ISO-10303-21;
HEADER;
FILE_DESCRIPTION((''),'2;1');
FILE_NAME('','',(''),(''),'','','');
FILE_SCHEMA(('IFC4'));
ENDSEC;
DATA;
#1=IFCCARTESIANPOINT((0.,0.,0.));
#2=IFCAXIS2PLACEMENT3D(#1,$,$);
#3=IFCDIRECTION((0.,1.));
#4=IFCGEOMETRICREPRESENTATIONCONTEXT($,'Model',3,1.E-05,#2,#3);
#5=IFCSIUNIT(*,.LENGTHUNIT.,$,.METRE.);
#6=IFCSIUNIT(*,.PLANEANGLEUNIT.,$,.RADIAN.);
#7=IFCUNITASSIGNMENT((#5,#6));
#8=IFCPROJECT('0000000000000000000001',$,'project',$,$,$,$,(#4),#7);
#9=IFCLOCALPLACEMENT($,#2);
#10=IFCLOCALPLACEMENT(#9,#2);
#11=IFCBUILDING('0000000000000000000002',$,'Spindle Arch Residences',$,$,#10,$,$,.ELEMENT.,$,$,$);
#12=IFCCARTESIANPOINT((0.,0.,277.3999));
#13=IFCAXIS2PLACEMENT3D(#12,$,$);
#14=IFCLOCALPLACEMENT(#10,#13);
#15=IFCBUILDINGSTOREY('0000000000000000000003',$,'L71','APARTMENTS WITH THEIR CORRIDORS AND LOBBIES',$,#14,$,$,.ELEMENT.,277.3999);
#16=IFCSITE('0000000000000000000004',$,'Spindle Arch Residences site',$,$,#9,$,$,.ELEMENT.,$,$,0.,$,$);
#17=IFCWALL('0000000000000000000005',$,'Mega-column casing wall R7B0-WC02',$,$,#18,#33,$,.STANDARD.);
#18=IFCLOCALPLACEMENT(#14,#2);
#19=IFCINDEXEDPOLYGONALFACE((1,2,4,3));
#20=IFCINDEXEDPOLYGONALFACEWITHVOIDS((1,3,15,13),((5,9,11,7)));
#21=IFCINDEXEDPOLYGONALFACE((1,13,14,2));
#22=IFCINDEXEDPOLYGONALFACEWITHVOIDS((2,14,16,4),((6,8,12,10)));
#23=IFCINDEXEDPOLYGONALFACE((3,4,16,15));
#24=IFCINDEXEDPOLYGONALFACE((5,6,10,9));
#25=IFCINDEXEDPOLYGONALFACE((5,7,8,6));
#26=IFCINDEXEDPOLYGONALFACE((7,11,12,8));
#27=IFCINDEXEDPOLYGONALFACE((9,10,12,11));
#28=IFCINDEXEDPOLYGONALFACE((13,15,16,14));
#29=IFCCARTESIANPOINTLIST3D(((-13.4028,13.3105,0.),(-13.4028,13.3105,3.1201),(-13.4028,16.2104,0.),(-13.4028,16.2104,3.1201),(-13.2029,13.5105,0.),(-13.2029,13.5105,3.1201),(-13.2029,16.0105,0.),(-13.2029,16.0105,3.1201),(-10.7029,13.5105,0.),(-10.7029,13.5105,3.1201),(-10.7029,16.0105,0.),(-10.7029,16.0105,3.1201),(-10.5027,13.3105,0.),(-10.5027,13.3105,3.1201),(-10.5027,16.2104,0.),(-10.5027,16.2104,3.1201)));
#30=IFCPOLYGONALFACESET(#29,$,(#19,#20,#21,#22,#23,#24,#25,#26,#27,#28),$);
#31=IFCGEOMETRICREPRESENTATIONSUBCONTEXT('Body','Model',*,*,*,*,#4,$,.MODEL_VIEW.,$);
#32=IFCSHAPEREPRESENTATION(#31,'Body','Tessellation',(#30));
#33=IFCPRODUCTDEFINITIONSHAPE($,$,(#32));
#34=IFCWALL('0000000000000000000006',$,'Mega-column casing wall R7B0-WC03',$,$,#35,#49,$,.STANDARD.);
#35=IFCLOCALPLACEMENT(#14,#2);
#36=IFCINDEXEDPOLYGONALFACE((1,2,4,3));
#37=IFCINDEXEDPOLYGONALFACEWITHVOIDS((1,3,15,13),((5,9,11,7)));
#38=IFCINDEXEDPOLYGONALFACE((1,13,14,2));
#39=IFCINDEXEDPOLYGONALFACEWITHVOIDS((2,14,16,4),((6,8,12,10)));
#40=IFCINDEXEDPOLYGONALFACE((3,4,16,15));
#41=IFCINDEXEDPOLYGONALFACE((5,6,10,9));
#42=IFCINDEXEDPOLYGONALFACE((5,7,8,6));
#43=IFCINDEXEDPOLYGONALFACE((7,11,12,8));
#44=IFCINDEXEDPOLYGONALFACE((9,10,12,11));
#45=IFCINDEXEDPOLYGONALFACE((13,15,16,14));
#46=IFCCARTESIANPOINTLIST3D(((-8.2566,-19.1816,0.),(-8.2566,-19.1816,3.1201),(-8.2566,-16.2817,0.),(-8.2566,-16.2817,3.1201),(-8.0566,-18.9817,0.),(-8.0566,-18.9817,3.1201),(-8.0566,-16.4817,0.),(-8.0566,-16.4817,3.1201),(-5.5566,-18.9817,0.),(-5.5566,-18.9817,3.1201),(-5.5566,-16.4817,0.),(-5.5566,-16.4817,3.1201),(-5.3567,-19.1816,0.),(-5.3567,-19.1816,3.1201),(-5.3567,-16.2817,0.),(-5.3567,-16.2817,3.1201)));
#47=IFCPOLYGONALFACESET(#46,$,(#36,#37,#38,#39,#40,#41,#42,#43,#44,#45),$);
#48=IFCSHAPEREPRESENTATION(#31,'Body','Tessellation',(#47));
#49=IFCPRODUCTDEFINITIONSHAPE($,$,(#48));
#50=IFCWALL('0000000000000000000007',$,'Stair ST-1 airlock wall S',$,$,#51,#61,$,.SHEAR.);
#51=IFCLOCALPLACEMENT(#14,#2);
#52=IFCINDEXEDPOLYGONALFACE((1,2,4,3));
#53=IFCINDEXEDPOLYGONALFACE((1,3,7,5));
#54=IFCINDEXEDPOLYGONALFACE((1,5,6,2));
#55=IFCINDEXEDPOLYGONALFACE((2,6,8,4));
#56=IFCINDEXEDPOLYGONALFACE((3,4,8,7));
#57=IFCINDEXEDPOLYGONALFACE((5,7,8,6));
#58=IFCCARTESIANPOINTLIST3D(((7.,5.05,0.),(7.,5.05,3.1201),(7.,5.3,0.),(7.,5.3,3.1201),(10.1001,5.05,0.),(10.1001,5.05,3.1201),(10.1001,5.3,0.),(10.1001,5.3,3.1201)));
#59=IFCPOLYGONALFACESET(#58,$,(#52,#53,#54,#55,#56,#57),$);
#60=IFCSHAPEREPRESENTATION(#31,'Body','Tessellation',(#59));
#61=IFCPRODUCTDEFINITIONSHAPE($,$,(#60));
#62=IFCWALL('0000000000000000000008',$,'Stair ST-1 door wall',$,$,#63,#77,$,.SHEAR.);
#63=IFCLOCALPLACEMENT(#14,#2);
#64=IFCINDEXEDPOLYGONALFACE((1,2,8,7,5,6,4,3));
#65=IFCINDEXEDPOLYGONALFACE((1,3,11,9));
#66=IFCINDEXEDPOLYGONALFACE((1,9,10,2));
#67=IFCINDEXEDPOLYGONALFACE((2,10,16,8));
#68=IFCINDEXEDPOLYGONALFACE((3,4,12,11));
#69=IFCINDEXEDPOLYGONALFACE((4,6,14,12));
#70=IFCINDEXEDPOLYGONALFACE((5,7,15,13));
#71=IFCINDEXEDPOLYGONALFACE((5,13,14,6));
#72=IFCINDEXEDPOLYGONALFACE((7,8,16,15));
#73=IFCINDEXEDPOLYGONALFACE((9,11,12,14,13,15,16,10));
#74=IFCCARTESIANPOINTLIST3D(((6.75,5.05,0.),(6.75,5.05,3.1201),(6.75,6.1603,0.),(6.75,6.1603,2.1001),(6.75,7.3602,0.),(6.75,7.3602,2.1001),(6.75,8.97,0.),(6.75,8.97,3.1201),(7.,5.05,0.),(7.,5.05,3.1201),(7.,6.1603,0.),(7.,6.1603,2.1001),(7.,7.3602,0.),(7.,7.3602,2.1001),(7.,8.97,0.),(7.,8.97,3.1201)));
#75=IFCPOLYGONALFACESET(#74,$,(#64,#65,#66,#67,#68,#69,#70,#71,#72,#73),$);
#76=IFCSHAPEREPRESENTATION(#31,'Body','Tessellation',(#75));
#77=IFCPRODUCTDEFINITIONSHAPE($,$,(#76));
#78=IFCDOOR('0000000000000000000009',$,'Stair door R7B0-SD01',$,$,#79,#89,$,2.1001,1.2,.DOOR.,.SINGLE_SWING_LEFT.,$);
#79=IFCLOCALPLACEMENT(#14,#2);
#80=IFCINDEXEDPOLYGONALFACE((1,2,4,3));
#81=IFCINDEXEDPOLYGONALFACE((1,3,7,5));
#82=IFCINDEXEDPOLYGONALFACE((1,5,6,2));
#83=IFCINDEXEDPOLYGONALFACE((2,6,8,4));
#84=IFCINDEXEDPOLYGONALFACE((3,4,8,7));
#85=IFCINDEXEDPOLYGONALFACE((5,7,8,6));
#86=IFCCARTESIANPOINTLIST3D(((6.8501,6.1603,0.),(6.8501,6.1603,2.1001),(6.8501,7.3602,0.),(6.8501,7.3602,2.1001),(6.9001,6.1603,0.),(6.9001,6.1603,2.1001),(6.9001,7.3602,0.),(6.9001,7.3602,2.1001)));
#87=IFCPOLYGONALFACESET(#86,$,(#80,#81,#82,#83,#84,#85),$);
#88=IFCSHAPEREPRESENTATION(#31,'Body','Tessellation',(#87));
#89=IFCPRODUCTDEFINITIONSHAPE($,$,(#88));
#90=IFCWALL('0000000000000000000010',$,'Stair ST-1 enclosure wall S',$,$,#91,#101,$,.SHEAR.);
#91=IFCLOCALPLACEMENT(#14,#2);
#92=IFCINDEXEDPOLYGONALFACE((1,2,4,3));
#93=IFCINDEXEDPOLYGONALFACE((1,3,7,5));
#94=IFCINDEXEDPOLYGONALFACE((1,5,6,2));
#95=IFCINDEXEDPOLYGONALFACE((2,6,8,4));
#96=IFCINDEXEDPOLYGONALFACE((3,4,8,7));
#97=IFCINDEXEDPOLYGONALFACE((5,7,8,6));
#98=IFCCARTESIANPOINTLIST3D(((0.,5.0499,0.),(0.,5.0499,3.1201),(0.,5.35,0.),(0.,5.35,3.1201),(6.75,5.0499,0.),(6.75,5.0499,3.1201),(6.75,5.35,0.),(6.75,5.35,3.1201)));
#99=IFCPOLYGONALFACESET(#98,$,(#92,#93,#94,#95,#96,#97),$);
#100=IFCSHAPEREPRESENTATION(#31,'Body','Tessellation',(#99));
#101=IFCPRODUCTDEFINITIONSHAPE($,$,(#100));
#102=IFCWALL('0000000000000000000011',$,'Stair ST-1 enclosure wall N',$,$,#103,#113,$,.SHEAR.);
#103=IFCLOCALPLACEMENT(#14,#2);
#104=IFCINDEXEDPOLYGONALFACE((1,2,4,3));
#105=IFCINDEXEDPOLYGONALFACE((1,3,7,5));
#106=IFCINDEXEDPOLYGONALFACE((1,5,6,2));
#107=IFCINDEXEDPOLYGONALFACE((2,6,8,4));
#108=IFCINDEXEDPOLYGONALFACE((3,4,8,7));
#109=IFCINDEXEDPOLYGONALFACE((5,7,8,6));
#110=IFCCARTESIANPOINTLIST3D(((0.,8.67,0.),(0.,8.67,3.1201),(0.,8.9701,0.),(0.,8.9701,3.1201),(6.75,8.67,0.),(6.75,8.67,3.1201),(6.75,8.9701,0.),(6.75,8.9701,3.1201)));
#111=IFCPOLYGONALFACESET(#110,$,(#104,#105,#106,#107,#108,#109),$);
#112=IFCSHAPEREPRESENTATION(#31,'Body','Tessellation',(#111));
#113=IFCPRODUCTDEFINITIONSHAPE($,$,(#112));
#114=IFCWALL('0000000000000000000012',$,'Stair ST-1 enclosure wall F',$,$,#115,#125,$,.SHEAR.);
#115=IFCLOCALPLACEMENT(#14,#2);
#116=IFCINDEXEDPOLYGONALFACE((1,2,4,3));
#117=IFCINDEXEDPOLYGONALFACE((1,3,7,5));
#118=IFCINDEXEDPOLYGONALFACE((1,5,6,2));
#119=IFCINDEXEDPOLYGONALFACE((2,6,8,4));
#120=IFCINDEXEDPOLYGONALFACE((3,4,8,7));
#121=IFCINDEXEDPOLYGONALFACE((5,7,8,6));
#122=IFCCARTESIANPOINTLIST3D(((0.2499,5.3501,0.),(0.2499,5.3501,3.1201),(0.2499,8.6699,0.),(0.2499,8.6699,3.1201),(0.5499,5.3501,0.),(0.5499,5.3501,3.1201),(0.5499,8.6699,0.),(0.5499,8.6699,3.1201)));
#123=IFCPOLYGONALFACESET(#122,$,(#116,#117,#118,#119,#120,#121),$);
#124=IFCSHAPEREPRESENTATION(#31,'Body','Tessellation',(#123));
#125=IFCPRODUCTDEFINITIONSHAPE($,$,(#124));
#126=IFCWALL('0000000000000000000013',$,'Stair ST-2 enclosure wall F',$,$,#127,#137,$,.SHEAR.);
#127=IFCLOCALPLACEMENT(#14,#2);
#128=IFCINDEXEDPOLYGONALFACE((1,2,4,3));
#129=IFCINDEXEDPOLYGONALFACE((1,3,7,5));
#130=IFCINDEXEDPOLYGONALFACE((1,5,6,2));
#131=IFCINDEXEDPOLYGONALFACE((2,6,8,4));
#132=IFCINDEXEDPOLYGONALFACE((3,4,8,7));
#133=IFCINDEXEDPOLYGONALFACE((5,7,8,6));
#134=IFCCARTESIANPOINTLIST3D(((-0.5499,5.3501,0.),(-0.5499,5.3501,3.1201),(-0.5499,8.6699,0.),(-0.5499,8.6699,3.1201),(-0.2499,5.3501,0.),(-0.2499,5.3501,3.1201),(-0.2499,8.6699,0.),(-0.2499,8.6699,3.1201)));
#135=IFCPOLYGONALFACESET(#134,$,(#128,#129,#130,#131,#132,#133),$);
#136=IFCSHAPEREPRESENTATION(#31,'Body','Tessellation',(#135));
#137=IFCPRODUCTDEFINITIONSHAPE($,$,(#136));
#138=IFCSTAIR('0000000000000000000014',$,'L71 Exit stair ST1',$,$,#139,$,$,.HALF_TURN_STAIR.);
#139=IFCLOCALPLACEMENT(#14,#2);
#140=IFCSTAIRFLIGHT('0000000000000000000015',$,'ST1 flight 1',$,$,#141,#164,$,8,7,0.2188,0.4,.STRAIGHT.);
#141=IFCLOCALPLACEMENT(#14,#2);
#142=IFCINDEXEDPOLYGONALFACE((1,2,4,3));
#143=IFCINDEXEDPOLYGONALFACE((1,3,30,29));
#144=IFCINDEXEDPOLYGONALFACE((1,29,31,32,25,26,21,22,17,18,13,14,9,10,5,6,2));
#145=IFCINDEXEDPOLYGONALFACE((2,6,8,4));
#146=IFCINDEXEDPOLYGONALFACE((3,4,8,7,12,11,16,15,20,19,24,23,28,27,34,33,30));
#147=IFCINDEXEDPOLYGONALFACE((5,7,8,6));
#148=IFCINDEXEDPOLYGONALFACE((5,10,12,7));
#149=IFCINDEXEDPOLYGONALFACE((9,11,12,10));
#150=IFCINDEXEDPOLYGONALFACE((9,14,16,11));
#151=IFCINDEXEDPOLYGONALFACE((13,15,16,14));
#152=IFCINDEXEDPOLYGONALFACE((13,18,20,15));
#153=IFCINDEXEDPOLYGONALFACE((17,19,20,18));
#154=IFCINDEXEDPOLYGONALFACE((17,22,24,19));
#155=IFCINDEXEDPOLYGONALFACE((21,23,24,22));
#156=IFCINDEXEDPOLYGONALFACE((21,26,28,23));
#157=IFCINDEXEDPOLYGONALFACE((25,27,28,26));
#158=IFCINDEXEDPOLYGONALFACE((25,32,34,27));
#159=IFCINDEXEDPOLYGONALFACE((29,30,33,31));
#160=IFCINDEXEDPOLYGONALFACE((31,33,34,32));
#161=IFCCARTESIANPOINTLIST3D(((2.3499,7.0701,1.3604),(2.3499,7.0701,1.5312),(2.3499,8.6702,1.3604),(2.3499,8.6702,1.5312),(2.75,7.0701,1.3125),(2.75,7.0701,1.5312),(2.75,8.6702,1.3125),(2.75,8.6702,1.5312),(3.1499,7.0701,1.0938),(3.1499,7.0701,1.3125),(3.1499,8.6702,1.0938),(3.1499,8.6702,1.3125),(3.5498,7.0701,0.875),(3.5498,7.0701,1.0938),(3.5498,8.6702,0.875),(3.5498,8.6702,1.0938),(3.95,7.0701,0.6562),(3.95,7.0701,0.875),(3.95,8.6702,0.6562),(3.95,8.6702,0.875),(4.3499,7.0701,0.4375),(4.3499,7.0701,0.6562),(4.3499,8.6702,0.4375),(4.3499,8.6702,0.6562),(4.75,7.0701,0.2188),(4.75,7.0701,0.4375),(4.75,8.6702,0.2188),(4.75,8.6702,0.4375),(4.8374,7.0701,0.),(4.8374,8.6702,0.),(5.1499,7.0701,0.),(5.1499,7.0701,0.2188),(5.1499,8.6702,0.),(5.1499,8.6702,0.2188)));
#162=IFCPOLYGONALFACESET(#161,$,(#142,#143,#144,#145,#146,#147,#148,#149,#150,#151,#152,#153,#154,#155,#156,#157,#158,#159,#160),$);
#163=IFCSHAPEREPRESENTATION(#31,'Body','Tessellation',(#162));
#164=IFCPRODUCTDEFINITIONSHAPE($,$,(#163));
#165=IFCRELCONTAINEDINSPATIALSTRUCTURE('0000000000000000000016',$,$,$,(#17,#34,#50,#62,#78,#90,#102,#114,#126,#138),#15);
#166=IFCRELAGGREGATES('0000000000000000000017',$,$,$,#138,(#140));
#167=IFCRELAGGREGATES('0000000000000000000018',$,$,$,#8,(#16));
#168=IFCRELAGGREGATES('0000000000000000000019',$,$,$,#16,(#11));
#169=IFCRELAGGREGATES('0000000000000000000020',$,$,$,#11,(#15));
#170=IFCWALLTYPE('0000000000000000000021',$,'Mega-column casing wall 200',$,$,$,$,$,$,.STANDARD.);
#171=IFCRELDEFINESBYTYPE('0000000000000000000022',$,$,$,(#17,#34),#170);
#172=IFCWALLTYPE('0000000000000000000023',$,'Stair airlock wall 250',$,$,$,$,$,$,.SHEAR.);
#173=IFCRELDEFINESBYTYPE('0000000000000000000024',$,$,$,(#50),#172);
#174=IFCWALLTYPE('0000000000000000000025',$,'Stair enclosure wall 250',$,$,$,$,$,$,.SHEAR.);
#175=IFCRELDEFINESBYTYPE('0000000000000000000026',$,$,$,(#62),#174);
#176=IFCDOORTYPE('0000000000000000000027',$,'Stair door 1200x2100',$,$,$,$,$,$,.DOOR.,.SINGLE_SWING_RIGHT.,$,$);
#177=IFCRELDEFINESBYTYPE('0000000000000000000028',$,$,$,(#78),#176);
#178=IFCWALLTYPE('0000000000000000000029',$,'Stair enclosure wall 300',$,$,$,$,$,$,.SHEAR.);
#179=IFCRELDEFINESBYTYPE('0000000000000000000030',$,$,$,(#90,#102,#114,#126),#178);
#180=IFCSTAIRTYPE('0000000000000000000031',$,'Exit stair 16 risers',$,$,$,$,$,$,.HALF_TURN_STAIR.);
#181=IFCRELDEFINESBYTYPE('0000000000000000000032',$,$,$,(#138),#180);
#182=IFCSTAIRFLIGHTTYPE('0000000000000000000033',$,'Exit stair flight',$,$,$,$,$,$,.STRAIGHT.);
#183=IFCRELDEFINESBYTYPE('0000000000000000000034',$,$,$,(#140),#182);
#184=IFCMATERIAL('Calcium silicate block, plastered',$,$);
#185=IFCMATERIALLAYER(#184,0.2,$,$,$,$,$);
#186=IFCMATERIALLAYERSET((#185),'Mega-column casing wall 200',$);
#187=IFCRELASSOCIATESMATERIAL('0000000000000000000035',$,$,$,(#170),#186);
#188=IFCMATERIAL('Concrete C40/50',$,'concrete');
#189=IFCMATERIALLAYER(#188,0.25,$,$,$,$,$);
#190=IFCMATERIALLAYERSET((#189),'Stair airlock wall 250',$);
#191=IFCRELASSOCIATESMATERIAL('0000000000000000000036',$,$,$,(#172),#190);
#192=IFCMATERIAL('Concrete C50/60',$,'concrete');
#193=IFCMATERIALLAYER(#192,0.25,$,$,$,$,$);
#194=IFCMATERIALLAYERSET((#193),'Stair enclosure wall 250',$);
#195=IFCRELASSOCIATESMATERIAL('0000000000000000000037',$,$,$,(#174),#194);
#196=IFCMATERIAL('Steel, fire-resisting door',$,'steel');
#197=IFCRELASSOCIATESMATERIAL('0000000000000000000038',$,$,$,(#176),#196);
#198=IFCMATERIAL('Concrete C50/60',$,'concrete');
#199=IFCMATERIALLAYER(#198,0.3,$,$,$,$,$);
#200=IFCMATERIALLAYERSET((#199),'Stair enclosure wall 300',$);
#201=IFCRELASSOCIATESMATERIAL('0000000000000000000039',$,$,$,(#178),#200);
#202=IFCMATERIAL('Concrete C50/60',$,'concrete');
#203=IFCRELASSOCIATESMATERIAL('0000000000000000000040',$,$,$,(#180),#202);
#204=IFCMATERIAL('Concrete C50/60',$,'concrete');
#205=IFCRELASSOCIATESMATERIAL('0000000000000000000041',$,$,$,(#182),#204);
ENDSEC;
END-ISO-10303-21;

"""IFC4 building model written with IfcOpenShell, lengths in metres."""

from ifc_helpers import new_model, si_unit, direction, frame, frame_2d, origin, place, context, subcontext, project, spatial, polyline, rectangle, outline, extrude, material, layer, layer_set, type_object, element, fill, aggregate, save


model = new_model("IFC4")

# Units and contexts
model_context = context("Model", 3, precision=1e-05, world=origin(), true_north=direction((0.0, 1.0)))
body_context = subcontext(model_context, "Body", "Model", "MODEL_VIEW")
ifc_project = project(units=[si_unit("LENGTHUNIT", "METRE"), si_unit("PLANEANGLEUNIT", "RADIAN")], contexts=[model_context])

# Site, building, storey
site_placement = place(None, origin())
site = spatial("IfcSite", under=ifc_project, at=site_placement, Name="Spindle Arch Residences site", CompositionType="ELEMENT", RefElevation=0.0)
building_placement = place(site_placement, origin())
building = spatial("IfcBuilding", under=site, at=building_placement, Name="Spindle Arch Residences", CompositionType="ELEMENT")
storey_placement = place(building_placement, frame((0.0, 0.0, 277.3999)))
storey = spatial("IfcBuildingStorey", under=building, at=storey_placement, Name="L71", Description="APARTMENTS WITH THEIR CORRIDORS AND LOBBIES", CompositionType="ELEMENT", Elevation=277.3999)

# Walls
ifc_material_1 = material(Name="Calcium silicate block, plastered")
ifc_layer_1 = layer(ifc_material_1, 0.2)
ifc_layer_set_1 = layer_set([ifc_layer_1], Name="Mega-column casing wall 200")
wall_type_1 = type_object("IfcWallType", Name="Mega-column casing wall 200", PredefinedType="STANDARD", material=ifc_layer_set_1)
wall_1_placement = place(storey_placement, origin())
element("IfcWall", 1, at=wall_1_placement, inside=storey, type_object=wall_type_1, Name="Mega-column casing wall R7B0-WC02", PredefinedType="STANDARD", context=body_context, shape_type="SweptSolid", body=[
    extrude(outline(polyline([(-10.5027, 16.2104), (-10.5027, 13.3105), (-13.4028, 13.3105), (-13.4028, 16.2104), (-10.5027, 16.2104)]), holes=[polyline([(-13.2029, 13.5105), (-10.7029, 13.5105), (-10.7029, 16.0105), (-13.2029, 16.0105), (-13.2029, 13.5105)])]), origin(), (0.0, 0.0, 1.0), 3.1201),
])
wall_2_placement = place(storey_placement, origin())
element("IfcWall", 2, at=wall_2_placement, inside=storey, type_object=wall_type_1, Name="Mega-column casing wall R7B0-WC03", PredefinedType="STANDARD", context=body_context, shape_type="SweptSolid", body=[
    extrude(outline(polyline([(-5.3567, -16.2817), (-5.3567, -19.1816), (-8.2566, -19.1816), (-8.2566, -16.2817), (-5.3567, -16.2817)]), holes=[polyline([(-8.0566, -18.9817), (-5.5566, -18.9817), (-5.5566, -16.4817), (-8.0566, -16.4817), (-8.0566, -18.9817)])]), origin(), (0.0, 0.0, 1.0), 3.1201),
])
ifc_material_2 = material(Name="Concrete C40/50", Category="concrete")
ifc_layer_2 = layer(ifc_material_2, 0.25)
ifc_layer_set_2 = layer_set([ifc_layer_2], Name="Stair airlock wall 250")
wall_type_2 = type_object("IfcWallType", Name="Stair airlock wall 250", PredefinedType="SHEAR", material=ifc_layer_set_2)
wall_3_placement = place(storey_placement, frame((7.0, 5.175, 0.0), z_axis=(0.0, 0.0, 1.0), x_axis=(1.0, 0.0, 0.0)))
element("IfcWall", 3, at=wall_3_placement, inside=storey, type_object=wall_type_2, Name="Stair ST-1 airlock wall S", PredefinedType="SHEAR", context=body_context, shape_type="SweptSolid", body=[
    extrude(rectangle(XDim=3.1001, YDim=0.25, at=frame_2d((1.55, 0.0))), origin(), (0.0, 0.0, 1.0), 3.1201),
])

# Wall, opening, door
ifc_material_3 = material(Name="Concrete C50/60", Category="concrete")
ifc_layer_3 = layer(ifc_material_3, 0.25)
ifc_layer_set_3 = layer_set([ifc_layer_3], Name="Stair enclosure wall 250")
wall_type_3 = type_object("IfcWallType", Name="Stair enclosure wall 250", PredefinedType="SHEAR", material=ifc_layer_set_3)
wall_4_placement = place(storey_placement, frame((6.875, 5.05, 0.0), z_axis=(0.0, 0.0, 1.0), x_axis=(0.0, 1.0, 0.0)))
wall_4 = element("IfcWall", 4, at=wall_4_placement, inside=storey, type_object=wall_type_3, Name="Stair ST-1 door wall", PredefinedType="SHEAR", context=body_context, shape_type="SweptSolid", body=[
    extrude(rectangle(XDim=3.9199, YDim=0.25, at=frame_2d((1.96, 0.0))), origin(), (0.0, 0.0, 1.0), 3.1201),
])
opening_1_placement = place(wall_4_placement, frame((1.1101, 0.0, 0.0)))
opening_1 = element("IfcOpeningElement", 5, at=opening_1_placement, cuts=wall_4, PredefinedType="OPENING", context=body_context, shape_type="SweptSolid", body=[
    extrude(rectangle(XDim=1.2, YDim=2.1001, at=frame_2d((0.6001, 1.05))), frame((0.0, 0.135, 0.0), z_axis=(0.0, -1.0, 0.0), x_axis=(1.0, 0.0, 0.0)), (0.0, 0.0, 1.0), 0.27),
])
ifc_material_4 = material(Name="Steel, fire-resisting door", Category="steel")
door_type_1 = type_object("IfcDoorType", Name="Stair door 1200x2100", OperationType="SINGLE_SWING_RIGHT", PredefinedType="DOOR", material=ifc_material_4)
door_1_placement = place(opening_1_placement, origin())
door_1 = element("IfcDoor", 6, at=door_1_placement, inside=storey, type_object=door_type_1, Name="Stair door R7B0-SD01", OperationType="SINGLE_SWING_LEFT", OverallHeight=2.1001, OverallWidth=1.2, PredefinedType="DOOR", context=body_context, shape_type="SweptSolid", body=[
    extrude(rectangle(XDim=1.2, YDim=2.1001, at=frame_2d((0.6001, 1.05))), frame((0.0, 0.0249, 0.0), z_axis=(0.0, -1.0, 0.0), x_axis=(1.0, 0.0, 0.0)), (0.0, 0.0, 1.0), 0.05),
])
fill(opening_1, door_1)

# Walls
ifc_material_5 = material(Name="Concrete C50/60", Category="concrete")
ifc_layer_4 = layer(ifc_material_5, 0.3)
ifc_layer_set_4 = layer_set([ifc_layer_4], Name="Stair enclosure wall 300")
wall_type_4 = type_object("IfcWallType", Name="Stair enclosure wall 300", PredefinedType="SHEAR", material=ifc_layer_set_4)
for number, where, z_axis, x_axis, name in (
    (7, (0.0, 5.2, 0.0), (0.0, 0.0, 1.0), (1.0, 0.0, 0.0), "Stair ST-1 enclosure wall S"),
    (8, (0.0, 8.8201, 0.0), (0.0, 0.0, 1.0), (1.0, 0.0, 0.0), "Stair ST-1 enclosure wall N"),
):
    element("IfcWall", number, at=place(storey_placement, frame(where, z_axis=z_axis, x_axis=x_axis)), inside=storey, type_object=wall_type_4, Name=name, PredefinedType="SHEAR", context=body_context, shape_type="SweptSolid", body=[
        extrude(rectangle(XDim=6.75, YDim=0.3, at=frame_2d((3.375, 0.0))), origin(), (0.0, 0.0, 1.0), 3.1201),
    ])
for number, where, z_axis, x_axis, name in (
    (9, (0.3999, 5.3501, 0.0), (0.0, 0.0, 1.0), (0.0, 1.0, 0.0), "Stair ST-1 enclosure wall F"),
    (10, (-0.3999, 5.3501, 0.0), (0.0, 0.0, 1.0), (0.0, 1.0, 0.0), "Stair ST-2 enclosure wall F"),
):
    element("IfcWall", number, at=place(storey_placement, frame(where, z_axis=z_axis, x_axis=x_axis)), inside=storey, type_object=wall_type_4, Name=name, PredefinedType="SHEAR", context=body_context, shape_type="SweptSolid", body=[
        extrude(rectangle(XDim=3.3198, YDim=0.3, at=frame_2d((1.6599, 0.0))), origin(), (0.0, 0.0, 1.0), 3.1201),
    ])

# Stair, stair flight
ifc_material_6 = material(Name="Concrete C50/60", Category="concrete")
stair_type = type_object("IfcStairType", Name="Exit stair 16 risers", PredefinedType="HALF_TURN_STAIR", material=ifc_material_6)
stair_placement = place(storey_placement, origin())
stair = element("IfcStair", 11, at=stair_placement, inside=storey, type_object=stair_type, Name="L71 Exit stair ST1", PredefinedType="HALF_TURN_STAIR")
ifc_material_7 = material(Name="Concrete C50/60", Category="concrete")
stair_flight_type = type_object("IfcStairFlightType", Name="Exit stair flight", PredefinedType="STRAIGHT", material=ifc_material_7)
stair_flight_1_placement = place(storey_placement, frame((5.1499, 7.8701, 0.0), z_axis=(0.0, 0.0, 1.0), x_axis=(-1.0, 0.0, 0.0)))
stair_flight_1 = element("IfcStairFlight", 12, at=stair_flight_1_placement, type_object=stair_flight_type, Name="ST1 flight 1", NumberOfRisers=8, NumberOfTreads=7, PredefinedType="STRAIGHT", RiserHeight=0.2188, TreadLength=0.4, context=body_context, shape_type="SweptSolid", body=[
    extrude(outline(polyline([(0.0, 0.0), (0.0, 0.2188), (0.3999, 0.2188), (0.3999, 0.4375), (0.8, 0.4375), (0.8, 0.6562), (1.2, 0.6562), (1.2, 0.875), (1.6001, 0.875), (1.6001, 1.0938), (2.0, 1.0938), (2.0, 1.3125), (2.3999, 1.3125), (2.3999, 1.5312), (2.8, 1.5312), (2.8, 1.75), (2.8, 1.3604), (0.3125, 0.0), (0.0, 0.0)])), frame((0.0, 0.8, 0.0), z_axis=(0.0, -1.0, 0.0), x_axis=(1.0, 0.0, 0.0)), (0.0, 0.0, 1.0), 1.6001),
])
aggregate(stair, [stair_flight_1])

save(model, "model.ifc")
